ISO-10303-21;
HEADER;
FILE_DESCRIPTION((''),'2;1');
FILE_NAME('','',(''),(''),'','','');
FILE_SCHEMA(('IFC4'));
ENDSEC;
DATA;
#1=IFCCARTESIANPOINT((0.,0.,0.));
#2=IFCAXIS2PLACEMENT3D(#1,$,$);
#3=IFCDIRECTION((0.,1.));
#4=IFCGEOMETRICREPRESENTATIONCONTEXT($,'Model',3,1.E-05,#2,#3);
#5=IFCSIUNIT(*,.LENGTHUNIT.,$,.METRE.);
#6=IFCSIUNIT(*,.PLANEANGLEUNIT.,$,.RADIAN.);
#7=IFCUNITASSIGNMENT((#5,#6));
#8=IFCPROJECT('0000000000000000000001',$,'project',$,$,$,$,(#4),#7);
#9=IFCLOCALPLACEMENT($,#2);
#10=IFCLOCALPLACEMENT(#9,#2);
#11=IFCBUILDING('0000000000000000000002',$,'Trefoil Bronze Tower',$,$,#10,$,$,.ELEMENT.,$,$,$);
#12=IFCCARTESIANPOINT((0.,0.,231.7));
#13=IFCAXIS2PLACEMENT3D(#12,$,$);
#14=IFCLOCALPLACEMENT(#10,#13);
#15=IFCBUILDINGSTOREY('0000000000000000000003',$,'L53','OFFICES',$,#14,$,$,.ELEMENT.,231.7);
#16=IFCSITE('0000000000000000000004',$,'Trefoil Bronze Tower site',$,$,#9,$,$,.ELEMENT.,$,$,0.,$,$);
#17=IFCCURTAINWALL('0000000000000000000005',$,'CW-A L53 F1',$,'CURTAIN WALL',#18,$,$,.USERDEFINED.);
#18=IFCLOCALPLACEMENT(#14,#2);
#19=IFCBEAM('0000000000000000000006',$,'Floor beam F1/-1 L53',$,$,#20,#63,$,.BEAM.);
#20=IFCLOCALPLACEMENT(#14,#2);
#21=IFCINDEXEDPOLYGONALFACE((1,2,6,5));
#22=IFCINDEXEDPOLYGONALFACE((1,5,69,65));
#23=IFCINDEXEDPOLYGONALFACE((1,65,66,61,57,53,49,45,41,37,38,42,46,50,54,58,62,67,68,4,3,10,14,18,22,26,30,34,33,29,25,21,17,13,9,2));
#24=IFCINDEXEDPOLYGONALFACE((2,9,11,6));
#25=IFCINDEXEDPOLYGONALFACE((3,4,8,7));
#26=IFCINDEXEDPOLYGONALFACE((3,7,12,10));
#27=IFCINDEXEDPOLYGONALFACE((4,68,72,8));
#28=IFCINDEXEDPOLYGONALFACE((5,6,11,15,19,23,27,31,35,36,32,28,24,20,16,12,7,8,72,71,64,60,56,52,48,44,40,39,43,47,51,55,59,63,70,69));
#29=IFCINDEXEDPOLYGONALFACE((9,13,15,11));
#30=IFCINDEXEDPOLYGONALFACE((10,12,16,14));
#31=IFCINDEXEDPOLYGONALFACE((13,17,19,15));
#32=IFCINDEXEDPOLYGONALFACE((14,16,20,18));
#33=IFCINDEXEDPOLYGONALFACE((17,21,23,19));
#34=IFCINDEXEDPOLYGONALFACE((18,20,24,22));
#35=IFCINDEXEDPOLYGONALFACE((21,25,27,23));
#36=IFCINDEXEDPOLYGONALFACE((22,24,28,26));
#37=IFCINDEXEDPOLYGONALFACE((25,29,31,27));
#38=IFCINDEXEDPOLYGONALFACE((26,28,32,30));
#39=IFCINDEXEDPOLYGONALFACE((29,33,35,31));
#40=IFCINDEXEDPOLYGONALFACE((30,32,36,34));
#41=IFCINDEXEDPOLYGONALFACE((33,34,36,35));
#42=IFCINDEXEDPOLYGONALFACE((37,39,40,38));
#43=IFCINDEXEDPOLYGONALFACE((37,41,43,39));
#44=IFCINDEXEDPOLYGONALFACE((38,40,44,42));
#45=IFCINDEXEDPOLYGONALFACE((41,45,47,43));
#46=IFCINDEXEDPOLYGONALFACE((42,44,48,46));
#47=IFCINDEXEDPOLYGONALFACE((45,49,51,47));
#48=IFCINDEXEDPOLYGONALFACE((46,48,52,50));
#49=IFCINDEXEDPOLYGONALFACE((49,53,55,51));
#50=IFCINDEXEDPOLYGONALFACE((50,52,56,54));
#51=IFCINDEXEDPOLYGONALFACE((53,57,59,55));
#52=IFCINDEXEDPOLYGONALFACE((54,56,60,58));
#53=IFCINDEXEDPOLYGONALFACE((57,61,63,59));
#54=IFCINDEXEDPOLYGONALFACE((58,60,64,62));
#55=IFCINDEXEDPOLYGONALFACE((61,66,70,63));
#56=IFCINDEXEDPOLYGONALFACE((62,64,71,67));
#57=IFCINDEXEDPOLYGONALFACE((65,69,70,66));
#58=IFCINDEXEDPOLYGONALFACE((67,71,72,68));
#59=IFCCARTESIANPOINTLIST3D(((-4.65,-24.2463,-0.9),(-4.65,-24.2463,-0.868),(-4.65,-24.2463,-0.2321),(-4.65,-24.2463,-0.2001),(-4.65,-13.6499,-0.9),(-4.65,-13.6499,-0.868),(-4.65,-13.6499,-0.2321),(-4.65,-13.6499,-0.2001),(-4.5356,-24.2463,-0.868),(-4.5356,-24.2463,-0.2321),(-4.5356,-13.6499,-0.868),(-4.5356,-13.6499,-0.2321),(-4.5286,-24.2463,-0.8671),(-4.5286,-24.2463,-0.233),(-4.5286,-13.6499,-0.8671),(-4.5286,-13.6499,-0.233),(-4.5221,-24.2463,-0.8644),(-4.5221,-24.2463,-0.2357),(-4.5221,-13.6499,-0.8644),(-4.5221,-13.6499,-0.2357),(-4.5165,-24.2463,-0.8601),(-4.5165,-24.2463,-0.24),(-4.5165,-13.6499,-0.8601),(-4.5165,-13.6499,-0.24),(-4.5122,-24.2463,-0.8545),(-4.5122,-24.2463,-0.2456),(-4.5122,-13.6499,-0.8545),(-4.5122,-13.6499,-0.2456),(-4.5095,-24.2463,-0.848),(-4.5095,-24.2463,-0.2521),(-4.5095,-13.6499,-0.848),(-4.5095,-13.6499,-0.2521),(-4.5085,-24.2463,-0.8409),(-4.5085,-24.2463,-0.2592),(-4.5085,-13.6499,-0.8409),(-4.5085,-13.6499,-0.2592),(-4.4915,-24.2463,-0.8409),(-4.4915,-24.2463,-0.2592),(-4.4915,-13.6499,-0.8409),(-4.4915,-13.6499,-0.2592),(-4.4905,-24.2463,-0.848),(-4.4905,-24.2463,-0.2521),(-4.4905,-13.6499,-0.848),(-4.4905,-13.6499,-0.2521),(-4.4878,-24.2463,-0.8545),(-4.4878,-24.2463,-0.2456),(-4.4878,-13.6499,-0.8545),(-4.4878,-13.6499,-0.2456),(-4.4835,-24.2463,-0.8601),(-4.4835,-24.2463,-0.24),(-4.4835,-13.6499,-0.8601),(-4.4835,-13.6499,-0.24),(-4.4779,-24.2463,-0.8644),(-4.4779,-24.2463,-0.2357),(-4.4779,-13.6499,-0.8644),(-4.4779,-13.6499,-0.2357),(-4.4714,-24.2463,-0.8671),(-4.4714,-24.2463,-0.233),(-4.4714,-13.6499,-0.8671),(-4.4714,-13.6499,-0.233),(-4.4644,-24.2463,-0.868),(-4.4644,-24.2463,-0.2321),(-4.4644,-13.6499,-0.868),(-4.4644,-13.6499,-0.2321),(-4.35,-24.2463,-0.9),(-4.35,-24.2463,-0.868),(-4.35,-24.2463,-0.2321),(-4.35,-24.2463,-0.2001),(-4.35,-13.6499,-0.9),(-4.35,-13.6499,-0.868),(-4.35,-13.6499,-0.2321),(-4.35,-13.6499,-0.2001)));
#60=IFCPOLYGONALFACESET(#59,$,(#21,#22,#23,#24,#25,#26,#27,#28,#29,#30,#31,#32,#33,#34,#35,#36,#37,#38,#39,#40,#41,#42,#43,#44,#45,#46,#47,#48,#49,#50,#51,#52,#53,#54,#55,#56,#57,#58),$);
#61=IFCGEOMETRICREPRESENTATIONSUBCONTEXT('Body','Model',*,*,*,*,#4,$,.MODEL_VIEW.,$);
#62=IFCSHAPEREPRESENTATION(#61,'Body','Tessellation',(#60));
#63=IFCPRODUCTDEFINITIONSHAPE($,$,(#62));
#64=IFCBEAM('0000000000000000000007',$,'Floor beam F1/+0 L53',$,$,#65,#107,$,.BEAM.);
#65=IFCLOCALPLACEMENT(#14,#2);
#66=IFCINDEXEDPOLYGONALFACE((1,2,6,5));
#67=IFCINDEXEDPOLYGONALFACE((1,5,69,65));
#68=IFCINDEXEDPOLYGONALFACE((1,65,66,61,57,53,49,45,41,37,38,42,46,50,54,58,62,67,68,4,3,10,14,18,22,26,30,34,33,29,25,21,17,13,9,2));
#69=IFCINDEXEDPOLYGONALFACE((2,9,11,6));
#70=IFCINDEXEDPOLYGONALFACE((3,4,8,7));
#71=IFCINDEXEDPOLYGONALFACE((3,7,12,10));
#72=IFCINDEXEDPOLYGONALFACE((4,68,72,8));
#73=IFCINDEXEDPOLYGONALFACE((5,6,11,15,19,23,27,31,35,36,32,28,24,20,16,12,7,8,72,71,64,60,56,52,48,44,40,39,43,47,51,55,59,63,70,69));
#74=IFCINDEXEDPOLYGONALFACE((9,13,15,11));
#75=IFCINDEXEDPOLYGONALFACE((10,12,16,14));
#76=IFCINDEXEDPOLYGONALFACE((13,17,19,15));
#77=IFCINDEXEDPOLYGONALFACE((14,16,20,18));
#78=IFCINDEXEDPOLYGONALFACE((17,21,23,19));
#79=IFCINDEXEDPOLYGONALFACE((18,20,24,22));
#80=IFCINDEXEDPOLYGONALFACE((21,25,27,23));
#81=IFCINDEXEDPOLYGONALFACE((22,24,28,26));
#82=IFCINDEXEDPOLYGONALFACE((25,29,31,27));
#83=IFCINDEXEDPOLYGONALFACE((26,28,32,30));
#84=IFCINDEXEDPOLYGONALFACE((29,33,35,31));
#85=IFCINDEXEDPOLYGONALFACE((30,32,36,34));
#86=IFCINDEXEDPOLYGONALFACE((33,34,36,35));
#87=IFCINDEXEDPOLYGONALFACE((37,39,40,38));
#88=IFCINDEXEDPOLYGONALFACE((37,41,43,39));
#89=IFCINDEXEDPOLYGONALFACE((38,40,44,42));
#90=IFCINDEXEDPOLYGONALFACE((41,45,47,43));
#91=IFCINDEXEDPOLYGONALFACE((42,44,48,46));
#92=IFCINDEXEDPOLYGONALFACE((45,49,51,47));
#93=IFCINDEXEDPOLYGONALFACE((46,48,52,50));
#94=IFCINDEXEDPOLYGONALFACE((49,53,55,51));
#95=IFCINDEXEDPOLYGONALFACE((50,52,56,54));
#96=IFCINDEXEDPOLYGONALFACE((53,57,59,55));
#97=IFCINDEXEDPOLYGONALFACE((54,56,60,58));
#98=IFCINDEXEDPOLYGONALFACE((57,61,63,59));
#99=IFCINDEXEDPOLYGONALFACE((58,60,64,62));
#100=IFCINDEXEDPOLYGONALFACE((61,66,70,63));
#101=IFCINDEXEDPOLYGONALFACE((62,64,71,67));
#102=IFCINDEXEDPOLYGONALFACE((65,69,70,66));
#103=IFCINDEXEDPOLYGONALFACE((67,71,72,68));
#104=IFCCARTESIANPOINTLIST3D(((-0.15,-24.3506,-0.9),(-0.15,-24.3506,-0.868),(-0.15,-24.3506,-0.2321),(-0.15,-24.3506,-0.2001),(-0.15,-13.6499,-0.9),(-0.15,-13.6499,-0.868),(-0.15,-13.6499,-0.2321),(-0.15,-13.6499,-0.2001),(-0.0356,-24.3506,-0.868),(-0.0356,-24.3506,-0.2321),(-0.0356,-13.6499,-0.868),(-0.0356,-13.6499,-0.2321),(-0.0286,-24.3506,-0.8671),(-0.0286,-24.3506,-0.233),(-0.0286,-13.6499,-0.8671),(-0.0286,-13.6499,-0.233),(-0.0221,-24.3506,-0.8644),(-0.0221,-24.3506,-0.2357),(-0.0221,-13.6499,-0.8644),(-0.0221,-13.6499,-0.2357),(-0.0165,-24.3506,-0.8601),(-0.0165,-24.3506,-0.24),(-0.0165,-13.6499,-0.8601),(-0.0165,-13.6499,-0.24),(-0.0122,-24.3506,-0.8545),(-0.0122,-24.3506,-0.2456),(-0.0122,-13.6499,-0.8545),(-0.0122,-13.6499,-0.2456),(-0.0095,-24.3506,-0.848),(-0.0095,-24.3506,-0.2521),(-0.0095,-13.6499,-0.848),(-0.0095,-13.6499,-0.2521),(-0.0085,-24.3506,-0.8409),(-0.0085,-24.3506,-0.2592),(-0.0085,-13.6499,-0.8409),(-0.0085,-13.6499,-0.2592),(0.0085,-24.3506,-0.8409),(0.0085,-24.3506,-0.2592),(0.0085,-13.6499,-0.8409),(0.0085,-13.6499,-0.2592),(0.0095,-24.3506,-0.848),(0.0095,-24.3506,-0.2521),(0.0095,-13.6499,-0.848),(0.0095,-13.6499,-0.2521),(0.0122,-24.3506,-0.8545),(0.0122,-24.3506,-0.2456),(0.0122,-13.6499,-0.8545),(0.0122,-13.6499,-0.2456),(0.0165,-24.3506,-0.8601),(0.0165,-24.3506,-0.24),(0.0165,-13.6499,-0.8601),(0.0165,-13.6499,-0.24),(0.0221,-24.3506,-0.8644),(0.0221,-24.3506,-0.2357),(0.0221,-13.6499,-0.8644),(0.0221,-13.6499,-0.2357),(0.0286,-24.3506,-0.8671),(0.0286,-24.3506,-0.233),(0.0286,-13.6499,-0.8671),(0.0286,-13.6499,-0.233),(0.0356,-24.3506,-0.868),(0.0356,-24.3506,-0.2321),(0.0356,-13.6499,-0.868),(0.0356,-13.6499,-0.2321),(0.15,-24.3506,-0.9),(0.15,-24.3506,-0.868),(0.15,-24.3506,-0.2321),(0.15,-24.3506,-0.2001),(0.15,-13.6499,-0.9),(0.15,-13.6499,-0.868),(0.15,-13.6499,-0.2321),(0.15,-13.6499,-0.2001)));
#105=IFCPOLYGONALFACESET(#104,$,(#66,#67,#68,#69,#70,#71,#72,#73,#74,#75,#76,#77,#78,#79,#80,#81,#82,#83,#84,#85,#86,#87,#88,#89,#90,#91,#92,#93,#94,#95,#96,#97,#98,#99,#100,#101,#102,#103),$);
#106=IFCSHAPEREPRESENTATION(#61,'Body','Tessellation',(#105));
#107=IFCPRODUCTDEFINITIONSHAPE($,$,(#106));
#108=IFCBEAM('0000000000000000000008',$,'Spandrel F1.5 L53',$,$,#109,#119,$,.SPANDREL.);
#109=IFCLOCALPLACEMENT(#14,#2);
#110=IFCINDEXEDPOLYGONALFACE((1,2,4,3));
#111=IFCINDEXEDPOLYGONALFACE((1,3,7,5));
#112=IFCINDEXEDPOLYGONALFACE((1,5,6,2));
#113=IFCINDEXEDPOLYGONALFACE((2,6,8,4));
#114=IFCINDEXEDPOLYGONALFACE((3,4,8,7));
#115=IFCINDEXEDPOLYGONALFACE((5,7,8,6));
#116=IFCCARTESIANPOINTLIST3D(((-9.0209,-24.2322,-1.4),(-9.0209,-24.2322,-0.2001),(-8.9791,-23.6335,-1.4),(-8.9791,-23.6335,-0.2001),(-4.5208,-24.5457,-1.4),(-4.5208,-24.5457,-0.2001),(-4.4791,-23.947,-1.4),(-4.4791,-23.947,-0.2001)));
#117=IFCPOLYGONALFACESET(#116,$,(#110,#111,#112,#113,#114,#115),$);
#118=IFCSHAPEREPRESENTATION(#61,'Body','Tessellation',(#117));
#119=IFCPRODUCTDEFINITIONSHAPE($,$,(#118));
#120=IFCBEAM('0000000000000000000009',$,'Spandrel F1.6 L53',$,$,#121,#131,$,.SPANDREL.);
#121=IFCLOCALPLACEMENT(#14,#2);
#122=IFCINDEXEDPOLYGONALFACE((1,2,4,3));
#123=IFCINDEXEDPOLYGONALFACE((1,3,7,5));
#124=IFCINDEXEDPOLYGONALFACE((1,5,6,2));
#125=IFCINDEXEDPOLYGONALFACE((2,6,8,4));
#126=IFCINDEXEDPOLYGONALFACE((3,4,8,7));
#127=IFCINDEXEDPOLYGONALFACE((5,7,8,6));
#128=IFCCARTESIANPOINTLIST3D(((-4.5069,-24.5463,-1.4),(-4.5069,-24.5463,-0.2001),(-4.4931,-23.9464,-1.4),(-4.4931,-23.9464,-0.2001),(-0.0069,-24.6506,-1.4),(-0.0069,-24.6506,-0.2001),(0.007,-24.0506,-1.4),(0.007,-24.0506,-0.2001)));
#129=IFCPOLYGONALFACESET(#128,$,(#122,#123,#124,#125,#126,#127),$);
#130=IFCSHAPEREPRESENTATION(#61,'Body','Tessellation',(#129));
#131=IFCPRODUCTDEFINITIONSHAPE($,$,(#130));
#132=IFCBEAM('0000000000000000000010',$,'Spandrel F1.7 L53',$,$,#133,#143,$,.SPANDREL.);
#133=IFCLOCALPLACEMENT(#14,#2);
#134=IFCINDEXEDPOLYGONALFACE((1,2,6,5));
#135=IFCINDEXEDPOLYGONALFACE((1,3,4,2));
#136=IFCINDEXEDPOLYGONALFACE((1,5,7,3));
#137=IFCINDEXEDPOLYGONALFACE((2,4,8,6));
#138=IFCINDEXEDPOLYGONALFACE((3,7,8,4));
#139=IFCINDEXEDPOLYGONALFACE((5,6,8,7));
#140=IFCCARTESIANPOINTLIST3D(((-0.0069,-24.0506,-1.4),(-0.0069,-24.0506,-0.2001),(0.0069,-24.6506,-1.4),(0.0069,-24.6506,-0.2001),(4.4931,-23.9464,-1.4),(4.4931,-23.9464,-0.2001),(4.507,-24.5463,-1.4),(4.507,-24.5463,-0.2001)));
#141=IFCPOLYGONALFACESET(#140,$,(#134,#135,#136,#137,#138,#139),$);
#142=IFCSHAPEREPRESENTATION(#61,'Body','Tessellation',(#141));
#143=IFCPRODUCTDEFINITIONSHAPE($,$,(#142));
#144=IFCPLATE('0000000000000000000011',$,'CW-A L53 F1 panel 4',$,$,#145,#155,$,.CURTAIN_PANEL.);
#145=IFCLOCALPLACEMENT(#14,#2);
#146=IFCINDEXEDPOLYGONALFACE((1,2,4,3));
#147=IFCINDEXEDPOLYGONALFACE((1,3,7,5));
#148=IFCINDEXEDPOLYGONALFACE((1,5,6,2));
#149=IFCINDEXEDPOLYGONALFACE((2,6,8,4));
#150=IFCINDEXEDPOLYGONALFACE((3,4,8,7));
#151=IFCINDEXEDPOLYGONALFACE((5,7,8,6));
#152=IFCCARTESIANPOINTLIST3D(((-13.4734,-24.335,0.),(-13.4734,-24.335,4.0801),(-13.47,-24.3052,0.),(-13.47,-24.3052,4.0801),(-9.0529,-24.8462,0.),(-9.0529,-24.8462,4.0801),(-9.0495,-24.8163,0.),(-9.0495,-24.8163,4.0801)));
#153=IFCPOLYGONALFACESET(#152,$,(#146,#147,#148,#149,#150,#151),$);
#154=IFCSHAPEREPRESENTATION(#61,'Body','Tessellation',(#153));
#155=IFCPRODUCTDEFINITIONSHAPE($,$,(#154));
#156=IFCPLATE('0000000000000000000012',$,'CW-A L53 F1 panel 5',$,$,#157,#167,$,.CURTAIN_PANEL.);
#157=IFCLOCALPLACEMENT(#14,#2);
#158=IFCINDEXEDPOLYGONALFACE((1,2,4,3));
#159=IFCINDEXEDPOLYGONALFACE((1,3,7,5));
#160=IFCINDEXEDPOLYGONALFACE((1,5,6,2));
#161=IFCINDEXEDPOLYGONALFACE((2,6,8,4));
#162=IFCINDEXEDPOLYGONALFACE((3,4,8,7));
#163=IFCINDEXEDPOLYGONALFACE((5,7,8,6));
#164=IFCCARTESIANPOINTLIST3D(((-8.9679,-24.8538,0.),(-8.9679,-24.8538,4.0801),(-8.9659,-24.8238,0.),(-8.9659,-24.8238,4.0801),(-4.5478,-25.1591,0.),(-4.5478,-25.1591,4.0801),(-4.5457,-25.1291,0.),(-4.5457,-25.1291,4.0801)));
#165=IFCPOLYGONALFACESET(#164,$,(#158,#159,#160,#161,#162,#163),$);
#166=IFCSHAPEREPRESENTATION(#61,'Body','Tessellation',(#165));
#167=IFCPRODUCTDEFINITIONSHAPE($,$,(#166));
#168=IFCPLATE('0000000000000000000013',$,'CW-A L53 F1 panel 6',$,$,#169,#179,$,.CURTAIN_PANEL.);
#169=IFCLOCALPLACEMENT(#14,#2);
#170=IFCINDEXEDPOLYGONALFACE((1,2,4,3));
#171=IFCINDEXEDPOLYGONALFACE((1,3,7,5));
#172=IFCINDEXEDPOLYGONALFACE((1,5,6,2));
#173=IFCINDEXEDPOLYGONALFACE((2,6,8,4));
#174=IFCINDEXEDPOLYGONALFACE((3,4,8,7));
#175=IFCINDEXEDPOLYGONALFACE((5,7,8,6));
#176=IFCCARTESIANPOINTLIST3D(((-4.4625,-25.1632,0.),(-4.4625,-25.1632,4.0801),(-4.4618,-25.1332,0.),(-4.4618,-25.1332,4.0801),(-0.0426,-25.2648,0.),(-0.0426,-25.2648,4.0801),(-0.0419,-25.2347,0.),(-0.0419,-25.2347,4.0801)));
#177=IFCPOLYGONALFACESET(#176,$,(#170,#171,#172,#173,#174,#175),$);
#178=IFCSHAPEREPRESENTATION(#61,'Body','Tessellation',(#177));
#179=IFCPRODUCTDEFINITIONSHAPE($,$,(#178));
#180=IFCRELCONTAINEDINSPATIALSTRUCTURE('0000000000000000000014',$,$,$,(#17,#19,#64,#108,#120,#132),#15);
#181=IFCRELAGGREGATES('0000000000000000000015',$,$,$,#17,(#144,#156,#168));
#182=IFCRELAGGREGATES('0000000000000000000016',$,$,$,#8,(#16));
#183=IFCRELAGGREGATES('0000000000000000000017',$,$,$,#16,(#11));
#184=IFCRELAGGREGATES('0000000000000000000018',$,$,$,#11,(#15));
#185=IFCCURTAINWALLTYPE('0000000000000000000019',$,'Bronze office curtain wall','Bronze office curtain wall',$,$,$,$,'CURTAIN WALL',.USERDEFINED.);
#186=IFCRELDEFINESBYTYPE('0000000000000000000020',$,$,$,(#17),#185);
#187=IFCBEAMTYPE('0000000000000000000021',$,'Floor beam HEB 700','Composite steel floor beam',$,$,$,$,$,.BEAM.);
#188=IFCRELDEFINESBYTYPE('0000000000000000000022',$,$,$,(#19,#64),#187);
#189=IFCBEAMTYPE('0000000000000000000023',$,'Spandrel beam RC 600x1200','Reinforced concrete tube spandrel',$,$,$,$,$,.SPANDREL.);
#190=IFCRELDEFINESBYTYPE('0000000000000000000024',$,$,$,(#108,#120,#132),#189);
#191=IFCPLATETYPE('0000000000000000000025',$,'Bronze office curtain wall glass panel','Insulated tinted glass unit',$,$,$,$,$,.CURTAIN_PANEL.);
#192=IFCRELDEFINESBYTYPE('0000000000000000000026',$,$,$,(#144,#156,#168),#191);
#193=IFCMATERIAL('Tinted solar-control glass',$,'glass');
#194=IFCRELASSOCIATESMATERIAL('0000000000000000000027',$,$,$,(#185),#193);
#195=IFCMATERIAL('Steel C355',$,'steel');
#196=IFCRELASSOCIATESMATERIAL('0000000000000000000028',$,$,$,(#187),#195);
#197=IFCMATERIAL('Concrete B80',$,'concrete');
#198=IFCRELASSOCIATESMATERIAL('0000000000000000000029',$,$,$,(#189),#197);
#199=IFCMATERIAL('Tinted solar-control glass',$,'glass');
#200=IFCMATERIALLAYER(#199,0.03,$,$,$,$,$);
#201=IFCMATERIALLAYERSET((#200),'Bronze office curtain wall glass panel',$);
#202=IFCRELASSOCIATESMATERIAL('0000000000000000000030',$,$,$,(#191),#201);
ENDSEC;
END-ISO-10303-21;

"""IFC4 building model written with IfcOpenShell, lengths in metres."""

from ifc_helpers import new_model, si_unit, direction, frame, origin, origin_2d, place, context, subcontext, project, spatial, rectangle, i_section, extrude, material, layer, layer_set, material_profile, profile_set, type_object, element, aggregate, save


model = new_model("IFC4")

# Units and contexts
model_context = context("Model", 3, precision=1e-05, world=origin(), true_north=direction((0.0, 1.0)))
body_context = subcontext(model_context, "Body", "Model", "MODEL_VIEW")
ifc_project = project(units=[si_unit("LENGTHUNIT", "METRE"), si_unit("PLANEANGLEUNIT", "RADIAN")], contexts=[model_context])

# Site, building, storey
site_placement = place(None, origin())
site = spatial("IfcSite", under=ifc_project, at=site_placement, Name="Trefoil Bronze Tower site", CompositionType="ELEMENT", RefElevation=0.0)
building_placement = place(site_placement, origin())
building = spatial("IfcBuilding", under=site, at=building_placement, Name="Trefoil Bronze Tower", CompositionType="ELEMENT")
storey_placement = place(building_placement, frame((0.0, 0.0, 231.7)))
storey = spatial("IfcBuildingStorey", under=building, at=storey_placement, Name="L53", Description="OFFICES", CompositionType="ELEMENT", Elevation=231.7)

# Curtain wall
ifc_material_1 = material(Name="Tinted solar-control glass", Category="glass")
curtain_wall_type = type_object("IfcCurtainWallType", Name="Bronze office curtain wall", Description="Bronze office curtain wall", ElementType="CURTAIN WALL", PredefinedType="USERDEFINED", material=ifc_material_1)
curtain_wall_placement = place(storey_placement, origin())
curtain_wall = element("IfcCurtainWall", 1, at=curtain_wall_placement, inside=storey, type_object=curtain_wall_type, Name="CW-A L53 F1", ObjectType="CURTAIN WALL", PredefinedType="USERDEFINED")

# Beams
ifc_material_2 = material(Name="Steel C355", Category="steel")
ifc_material_profile_1 = material_profile(ifc_material_2, i_section(OverallWidth=0.3, OverallDepth=0.7, WebThickness=0.0171, FlangeThickness=0.032, FilletRadius=0.0271, at=origin_2d()), Name="HEB 700")
ifc_profile_set_1 = profile_set([ifc_material_profile_1], Name="Steel C355")
beam_type_1 = type_object("IfcBeamType", Name="Floor beam HEB 700", Description="Composite steel floor beam", PredefinedType="BEAM", material=ifc_profile_set_1)
beam_1_placement = place(storey_placement, frame((-4.5, -24.2463, -0.55), z_axis=(0.0, 1.0, 0.0), x_axis=(-1.0, 0.0, 0.0)))
element("IfcBeam", 2, at=beam_1_placement, inside=storey, type_object=beam_type_1, Name="Floor beam F1/-1 L53", PredefinedType="BEAM", context=body_context, shape_type="SweptSolid", body=[
    extrude(i_section(OverallWidth=0.3, OverallDepth=0.7, WebThickness=0.0171, FlangeThickness=0.032, FilletRadius=0.0271, at=origin_2d()), origin(), (0.0, 0.0, 1.0), 10.5964),
])
beam_2_placement = place(storey_placement, frame((0.0, -24.3506, -0.55), z_axis=(0.0, 1.0, 0.0), x_axis=(-1.0, 0.0, 0.0)))
element("IfcBeam", 3, at=beam_2_placement, inside=storey, type_object=beam_type_1, Name="Floor beam F1/+0 L53", PredefinedType="BEAM", context=body_context, shape_type="SweptSolid", body=[
    extrude(i_section(OverallWidth=0.3, OverallDepth=0.7, WebThickness=0.0171, FlangeThickness=0.032, FilletRadius=0.0271, at=origin_2d()), origin(), (0.0, 0.0, 1.0), 10.7007),
])
ifc_material_3 = material(Name="Concrete B80", Category="concrete")
ifc_material_profile_2 = material_profile(ifc_material_3, rectangle(XDim=0.6001, YDim=1.2, at=origin_2d()), Name="RC 600x1200")
ifc_profile_set_2 = profile_set([ifc_material_profile_2], Name="Concrete B80")
beam_type_2 = type_object("IfcBeamType", Name="Spandrel beam RC 600x1200", Description="Reinforced concrete tube spandrel", PredefinedType="SPANDREL", material=ifc_profile_set_2)
beam_3_placement = place(storey_placement, frame((-9.0, -23.9329, -0.8), z_axis=(0.997582, -0.069493, 0.0), x_axis=(0.069493, 0.997582, 0.0)))
element("IfcBeam", 4, at=beam_3_placement, inside=storey, type_object=beam_type_2, Name="Spandrel F1.5 L53", PredefinedType="SPANDREL", context=body_context, shape_type="SweptSolid", body=[
    extrude(rectangle(XDim=0.6001, YDim=1.2, at=origin_2d()), origin(), (0.0, 0.0, 1.0), 4.511),
])
for number, where, z_axis, x_axis, name in (
    (5, (-4.5, -24.2463, -0.8), (0.999732, -0.02316, 0.0), (0.02316, 0.999732, 0.0), "Spandrel F1.6 L53"),
    (6, (0.0, -24.3506, -0.8), (0.999732, 0.02316, 0.0), (-0.02316, 0.999732, 0.0), "Spandrel F1.7 L53"),
):
    element("IfcBeam", number, at=place(storey_placement, frame(where, z_axis=z_axis, x_axis=x_axis)), inside=storey, type_object=beam_type_2, Name=name, PredefinedType="SPANDREL", context=body_context, shape_type="SweptSolid", body=[
        extrude(rectangle(XDim=0.6001, YDim=1.2, at=origin_2d()), origin(), (0.0, 0.0, 1.0), 4.5012),
    ])

# Plates
ifc_material_4 = material(Name="Tinted solar-control glass", Category="glass")
ifc_layer_1 = layer(ifc_material_4, 0.03)
ifc_layer_set_1 = layer_set([ifc_layer_1], Name="Bronze office curtain wall glass panel")
plate_type = type_object("IfcPlateType", Name="Bronze office curtain wall glass panel", Description="Insulated tinted glass unit", PredefinedType="CURTAIN_PANEL", material=ifc_layer_set_1)
plate_1_placement = place(storey_placement, frame((-11.2615, -24.5757, 0.0), z_axis=(0.0, 0.0, 1.0), x_axis=(0.993382, -0.114859, 0.0)))
plate_1 = element("IfcPlate", 7, at=plate_1_placement, type_object=plate_type, Name="CW-A L53 F1 panel 4", PredefinedType="CURTAIN_PANEL", context=body_context, shape_type="SweptSolid", body=[
    extrude(rectangle(XDim=4.45, YDim=0.03, at=origin_2d()), origin(), (0.0, 0.0, 1.0), 4.0801),
])
plate_2_placement = place(storey_placement, frame((-6.7568, -24.9915, 0.0), z_axis=(0.0, 0.0, 1.0), x_axis=(0.997623, -0.068915, 0.0)))
plate_2 = element("IfcPlate", 8, at=plate_2_placement, type_object=plate_type, Name="CW-A L53 F1 panel 5", PredefinedType="CURTAIN_PANEL", context=body_context, shape_type="SweptSolid", body=[
    extrude(rectangle(XDim=4.4307, YDim=0.03, at=origin_2d()), origin(), (0.0, 0.0, 1.0), 4.0801),
])
plate_3_placement = place(storey_placement, frame((-2.2522, -25.199, 0.0), z_axis=(0.0, 0.0, 1.0), x_axis=(0.999736, -0.022972, 0.0)))
plate_3 = element("IfcPlate", 9, at=plate_3_placement, type_object=plate_type, Name="CW-A L53 F1 panel 6", PredefinedType="CURTAIN_PANEL", context=body_context, shape_type="SweptSolid", body=[
    extrude(rectangle(XDim=4.4211, YDim=0.03, at=origin_2d()), origin(), (0.0, 0.0, 1.0), 4.0801),
])
aggregate(curtain_wall, [plate_1, plate_2, plate_3])

save(model, "model.ifc")
